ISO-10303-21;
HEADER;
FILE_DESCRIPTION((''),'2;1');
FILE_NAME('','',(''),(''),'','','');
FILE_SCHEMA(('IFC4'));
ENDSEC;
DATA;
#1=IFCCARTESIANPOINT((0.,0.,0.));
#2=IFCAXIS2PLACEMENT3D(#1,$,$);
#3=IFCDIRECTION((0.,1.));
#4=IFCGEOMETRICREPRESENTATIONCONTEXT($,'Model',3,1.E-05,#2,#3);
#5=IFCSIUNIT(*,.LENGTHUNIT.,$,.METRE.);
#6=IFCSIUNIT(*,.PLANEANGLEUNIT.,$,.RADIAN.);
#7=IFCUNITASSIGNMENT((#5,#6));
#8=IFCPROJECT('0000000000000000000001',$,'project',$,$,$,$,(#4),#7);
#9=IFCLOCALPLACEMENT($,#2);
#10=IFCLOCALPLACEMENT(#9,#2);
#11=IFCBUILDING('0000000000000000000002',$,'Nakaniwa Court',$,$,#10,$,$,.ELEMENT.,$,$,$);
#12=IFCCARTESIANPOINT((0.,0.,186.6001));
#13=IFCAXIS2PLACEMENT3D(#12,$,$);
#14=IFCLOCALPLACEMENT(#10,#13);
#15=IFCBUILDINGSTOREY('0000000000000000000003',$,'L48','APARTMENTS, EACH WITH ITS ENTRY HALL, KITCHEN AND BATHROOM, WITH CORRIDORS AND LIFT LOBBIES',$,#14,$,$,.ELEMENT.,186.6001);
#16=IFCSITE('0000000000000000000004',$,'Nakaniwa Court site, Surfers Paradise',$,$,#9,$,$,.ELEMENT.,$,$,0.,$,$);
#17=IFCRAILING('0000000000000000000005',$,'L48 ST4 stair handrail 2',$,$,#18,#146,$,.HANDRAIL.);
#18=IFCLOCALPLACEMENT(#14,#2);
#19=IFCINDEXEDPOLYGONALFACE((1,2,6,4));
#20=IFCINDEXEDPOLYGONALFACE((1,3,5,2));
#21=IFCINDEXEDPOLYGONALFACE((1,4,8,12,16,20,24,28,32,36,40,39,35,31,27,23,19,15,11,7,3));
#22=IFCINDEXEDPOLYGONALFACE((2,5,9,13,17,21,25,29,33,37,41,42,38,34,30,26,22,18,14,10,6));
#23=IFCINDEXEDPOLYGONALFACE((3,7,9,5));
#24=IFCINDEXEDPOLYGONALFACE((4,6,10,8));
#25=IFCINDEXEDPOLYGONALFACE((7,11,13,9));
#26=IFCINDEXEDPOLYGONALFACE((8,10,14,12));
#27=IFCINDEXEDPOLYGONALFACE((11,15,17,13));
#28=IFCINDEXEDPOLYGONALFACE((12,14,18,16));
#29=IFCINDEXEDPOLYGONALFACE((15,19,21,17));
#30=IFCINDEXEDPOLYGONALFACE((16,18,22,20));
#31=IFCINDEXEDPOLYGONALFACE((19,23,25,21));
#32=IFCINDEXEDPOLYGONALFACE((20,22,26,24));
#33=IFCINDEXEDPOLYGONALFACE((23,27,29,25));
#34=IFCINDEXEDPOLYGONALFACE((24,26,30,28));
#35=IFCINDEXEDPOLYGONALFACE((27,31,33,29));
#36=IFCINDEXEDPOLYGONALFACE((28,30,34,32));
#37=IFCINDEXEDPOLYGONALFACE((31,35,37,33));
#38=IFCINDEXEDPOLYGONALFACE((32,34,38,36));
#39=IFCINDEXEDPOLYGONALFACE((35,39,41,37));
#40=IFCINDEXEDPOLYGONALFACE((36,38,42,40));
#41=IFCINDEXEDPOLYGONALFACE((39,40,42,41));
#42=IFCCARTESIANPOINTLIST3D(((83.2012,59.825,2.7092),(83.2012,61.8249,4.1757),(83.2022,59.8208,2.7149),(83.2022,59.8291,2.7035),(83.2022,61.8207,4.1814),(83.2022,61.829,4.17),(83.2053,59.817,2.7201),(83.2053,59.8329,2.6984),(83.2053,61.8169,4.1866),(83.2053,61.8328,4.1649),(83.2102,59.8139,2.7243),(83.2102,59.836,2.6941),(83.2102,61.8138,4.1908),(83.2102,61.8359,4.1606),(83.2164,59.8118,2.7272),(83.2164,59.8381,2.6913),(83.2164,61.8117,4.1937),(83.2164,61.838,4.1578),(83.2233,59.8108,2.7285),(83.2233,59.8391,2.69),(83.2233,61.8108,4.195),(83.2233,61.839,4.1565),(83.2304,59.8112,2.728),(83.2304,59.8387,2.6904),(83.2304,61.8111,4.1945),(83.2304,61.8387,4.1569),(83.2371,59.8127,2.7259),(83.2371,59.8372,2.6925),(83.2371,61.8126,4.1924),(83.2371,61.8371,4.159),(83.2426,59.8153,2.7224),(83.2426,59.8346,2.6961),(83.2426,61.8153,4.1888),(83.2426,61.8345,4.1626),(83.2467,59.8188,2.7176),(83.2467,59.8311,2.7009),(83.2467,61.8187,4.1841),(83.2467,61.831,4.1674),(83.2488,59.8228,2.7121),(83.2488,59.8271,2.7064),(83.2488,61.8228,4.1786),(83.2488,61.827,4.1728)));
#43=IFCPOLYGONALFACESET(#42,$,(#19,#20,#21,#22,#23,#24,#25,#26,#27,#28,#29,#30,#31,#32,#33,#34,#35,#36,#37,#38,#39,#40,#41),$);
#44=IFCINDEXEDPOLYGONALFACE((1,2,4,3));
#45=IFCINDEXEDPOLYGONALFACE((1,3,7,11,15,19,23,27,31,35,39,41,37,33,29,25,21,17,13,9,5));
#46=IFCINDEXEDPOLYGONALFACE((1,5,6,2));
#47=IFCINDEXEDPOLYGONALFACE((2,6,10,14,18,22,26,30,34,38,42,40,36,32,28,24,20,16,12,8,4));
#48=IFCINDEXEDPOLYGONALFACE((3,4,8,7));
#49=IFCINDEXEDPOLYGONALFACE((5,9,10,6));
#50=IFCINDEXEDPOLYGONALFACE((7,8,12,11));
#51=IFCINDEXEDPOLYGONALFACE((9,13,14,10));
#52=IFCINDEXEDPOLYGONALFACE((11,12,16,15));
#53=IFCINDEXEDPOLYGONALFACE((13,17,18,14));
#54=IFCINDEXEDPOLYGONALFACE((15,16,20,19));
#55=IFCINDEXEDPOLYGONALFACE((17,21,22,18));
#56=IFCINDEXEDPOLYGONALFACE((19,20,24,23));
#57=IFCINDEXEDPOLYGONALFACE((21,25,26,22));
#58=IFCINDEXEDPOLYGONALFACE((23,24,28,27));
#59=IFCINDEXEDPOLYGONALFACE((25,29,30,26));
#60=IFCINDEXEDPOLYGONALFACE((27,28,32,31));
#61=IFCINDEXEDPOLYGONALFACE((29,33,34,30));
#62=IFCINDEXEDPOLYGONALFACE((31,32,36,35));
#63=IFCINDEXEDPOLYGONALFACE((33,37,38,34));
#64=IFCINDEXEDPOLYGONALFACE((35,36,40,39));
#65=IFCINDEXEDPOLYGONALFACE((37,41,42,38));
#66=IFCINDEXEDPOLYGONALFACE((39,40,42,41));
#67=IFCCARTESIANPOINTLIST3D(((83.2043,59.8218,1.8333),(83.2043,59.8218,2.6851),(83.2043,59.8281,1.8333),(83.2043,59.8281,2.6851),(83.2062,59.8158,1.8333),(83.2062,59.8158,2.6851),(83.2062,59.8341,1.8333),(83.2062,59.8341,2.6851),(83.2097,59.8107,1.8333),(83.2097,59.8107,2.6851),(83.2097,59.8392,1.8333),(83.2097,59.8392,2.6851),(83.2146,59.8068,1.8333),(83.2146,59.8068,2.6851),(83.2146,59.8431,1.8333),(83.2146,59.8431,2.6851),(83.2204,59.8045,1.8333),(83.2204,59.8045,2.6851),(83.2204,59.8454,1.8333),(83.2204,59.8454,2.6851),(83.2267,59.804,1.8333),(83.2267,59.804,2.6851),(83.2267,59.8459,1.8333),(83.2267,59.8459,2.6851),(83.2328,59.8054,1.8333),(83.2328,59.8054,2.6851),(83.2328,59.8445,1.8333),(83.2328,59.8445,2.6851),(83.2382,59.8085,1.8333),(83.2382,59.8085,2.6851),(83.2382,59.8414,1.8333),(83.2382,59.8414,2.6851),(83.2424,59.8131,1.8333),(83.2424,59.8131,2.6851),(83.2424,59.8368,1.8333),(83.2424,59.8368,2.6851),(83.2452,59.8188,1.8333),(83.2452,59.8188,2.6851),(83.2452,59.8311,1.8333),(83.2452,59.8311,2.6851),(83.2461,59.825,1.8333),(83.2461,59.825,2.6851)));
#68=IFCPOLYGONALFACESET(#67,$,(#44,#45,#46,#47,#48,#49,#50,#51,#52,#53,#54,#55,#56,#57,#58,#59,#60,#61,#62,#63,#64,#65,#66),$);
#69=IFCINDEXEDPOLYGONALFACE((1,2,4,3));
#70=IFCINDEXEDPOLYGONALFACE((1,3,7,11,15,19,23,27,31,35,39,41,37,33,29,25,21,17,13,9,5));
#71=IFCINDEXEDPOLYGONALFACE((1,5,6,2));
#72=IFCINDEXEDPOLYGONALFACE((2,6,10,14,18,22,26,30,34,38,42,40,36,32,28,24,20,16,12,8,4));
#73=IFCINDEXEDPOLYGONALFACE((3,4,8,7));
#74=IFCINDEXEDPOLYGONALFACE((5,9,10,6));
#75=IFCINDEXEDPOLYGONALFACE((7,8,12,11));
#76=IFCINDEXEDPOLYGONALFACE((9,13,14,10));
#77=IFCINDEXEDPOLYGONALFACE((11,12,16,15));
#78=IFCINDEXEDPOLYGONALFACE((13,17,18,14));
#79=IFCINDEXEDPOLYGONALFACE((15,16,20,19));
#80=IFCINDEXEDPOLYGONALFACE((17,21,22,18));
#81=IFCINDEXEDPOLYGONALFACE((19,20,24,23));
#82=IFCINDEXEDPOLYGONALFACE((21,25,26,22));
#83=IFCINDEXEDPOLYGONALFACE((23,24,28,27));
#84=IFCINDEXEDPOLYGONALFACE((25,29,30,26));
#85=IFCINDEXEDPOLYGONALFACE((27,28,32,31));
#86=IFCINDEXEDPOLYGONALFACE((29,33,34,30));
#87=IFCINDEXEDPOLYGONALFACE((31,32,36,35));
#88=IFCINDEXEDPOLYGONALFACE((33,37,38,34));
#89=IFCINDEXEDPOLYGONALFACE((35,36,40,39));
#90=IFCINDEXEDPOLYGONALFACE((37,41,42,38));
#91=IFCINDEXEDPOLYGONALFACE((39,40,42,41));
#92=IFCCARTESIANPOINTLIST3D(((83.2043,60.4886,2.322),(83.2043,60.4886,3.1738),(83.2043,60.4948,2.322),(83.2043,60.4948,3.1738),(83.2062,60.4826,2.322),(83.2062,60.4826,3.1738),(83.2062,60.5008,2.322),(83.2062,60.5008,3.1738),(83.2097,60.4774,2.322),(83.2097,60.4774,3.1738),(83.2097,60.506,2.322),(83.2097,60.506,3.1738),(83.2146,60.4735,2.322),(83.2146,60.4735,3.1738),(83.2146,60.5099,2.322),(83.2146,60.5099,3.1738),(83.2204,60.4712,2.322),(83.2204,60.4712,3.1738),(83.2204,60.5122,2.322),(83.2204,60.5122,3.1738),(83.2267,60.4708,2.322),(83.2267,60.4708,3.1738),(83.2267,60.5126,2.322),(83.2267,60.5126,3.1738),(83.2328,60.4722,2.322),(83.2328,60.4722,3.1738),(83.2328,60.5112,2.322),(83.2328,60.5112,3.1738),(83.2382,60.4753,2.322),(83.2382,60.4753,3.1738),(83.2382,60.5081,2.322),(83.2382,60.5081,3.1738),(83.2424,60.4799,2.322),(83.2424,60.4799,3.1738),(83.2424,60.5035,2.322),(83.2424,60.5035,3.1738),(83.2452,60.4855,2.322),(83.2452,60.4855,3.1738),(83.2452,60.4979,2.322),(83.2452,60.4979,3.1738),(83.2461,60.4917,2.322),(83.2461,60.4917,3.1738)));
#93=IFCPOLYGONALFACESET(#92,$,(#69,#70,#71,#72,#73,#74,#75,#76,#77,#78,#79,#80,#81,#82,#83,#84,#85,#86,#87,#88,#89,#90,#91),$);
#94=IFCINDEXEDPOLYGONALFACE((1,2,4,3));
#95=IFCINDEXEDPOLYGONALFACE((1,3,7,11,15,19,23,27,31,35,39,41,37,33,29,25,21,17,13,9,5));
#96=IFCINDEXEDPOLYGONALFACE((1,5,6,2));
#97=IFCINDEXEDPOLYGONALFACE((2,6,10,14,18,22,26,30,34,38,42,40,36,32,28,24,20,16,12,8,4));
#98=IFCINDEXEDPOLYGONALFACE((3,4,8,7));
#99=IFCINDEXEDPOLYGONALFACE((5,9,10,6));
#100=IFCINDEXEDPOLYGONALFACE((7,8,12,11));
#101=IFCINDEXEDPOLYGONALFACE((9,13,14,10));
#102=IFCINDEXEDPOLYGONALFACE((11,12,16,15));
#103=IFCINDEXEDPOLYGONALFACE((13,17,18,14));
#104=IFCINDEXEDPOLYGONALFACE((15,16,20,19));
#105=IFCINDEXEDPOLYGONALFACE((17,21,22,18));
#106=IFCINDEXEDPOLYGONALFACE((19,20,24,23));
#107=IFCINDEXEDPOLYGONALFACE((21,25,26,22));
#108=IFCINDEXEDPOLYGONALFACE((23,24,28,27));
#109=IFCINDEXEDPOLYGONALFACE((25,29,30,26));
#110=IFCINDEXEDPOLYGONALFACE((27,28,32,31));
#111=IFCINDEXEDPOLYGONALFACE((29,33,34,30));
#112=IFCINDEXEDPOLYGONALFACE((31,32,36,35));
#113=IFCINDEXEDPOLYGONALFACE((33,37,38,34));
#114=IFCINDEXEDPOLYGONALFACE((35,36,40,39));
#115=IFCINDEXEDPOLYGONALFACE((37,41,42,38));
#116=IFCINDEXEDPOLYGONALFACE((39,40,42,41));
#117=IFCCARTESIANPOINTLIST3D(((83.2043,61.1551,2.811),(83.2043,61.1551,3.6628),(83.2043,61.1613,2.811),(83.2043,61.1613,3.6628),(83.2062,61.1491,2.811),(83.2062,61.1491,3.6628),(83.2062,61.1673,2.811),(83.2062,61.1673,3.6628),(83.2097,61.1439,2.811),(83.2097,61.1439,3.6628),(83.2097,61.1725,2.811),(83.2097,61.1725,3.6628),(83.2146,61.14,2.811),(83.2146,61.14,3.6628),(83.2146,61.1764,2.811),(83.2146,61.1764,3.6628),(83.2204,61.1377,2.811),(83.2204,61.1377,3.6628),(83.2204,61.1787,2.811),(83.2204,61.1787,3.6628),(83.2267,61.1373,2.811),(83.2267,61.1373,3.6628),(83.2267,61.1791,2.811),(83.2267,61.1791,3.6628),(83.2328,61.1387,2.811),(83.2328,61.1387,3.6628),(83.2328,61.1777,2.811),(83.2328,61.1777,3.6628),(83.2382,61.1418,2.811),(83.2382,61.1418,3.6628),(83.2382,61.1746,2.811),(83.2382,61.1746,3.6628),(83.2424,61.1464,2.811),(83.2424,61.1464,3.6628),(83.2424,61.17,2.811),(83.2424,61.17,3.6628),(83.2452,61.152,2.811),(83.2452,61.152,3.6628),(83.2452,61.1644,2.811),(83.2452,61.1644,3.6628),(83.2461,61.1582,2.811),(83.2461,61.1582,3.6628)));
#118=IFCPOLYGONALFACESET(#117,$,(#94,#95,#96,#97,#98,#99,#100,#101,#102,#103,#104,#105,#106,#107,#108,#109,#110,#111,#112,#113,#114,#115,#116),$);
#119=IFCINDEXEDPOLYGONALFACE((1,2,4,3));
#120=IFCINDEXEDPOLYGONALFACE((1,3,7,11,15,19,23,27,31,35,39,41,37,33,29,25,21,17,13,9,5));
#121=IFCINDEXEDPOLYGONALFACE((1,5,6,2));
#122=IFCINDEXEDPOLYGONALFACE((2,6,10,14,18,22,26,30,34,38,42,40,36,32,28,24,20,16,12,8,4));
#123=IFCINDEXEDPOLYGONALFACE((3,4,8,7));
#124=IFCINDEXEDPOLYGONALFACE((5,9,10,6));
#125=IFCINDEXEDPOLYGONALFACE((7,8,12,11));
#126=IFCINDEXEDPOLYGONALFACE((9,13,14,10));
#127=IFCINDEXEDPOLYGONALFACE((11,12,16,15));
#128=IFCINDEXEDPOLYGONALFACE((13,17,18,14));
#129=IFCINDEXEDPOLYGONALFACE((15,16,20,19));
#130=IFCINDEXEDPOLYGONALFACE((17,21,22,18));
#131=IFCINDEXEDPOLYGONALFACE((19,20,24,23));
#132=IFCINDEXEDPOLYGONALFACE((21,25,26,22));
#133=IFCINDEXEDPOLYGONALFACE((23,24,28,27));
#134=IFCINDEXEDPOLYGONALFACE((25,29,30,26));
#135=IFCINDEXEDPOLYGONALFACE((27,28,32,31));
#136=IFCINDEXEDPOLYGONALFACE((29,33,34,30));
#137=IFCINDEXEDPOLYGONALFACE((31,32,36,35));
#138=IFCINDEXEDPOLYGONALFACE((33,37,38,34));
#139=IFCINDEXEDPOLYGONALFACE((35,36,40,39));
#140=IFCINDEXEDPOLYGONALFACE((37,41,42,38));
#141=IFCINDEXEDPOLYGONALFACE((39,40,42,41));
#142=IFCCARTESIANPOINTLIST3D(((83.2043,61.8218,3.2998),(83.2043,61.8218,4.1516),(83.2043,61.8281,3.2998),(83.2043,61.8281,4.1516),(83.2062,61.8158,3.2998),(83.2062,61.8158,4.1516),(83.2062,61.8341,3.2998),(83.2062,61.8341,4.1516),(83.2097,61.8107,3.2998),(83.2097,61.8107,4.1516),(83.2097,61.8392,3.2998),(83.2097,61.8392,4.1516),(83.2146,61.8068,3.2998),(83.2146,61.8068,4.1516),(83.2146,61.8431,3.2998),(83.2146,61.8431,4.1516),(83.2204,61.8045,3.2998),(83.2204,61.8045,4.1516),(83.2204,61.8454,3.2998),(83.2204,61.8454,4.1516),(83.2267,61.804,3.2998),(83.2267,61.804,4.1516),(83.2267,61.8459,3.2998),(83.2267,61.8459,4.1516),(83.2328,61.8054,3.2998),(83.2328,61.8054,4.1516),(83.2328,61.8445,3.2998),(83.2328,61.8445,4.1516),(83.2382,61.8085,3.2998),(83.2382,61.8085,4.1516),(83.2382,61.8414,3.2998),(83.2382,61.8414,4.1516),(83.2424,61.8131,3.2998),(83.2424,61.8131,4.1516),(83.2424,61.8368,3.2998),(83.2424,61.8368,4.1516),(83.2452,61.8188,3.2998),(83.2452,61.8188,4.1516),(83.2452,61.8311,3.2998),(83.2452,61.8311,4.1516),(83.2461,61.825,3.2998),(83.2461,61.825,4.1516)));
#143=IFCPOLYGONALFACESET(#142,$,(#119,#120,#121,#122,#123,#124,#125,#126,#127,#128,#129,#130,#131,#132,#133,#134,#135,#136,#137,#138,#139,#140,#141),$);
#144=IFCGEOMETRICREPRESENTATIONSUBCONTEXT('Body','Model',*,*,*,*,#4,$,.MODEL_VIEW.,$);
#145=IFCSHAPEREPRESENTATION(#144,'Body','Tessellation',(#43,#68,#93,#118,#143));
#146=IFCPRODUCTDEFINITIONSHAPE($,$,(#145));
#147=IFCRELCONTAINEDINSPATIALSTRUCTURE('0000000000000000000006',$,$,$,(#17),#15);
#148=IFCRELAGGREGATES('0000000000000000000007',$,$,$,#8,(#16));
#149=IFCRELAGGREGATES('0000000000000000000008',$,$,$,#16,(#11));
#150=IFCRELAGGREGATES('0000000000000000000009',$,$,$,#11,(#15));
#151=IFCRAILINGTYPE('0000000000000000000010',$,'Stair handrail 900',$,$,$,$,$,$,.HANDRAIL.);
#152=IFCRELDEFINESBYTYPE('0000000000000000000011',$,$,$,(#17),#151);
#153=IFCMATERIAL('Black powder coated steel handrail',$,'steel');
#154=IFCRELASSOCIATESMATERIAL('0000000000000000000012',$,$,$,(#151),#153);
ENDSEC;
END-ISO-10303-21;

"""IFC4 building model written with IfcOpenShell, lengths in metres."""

from ifc_helpers import new_model, si_unit, direction, frame, origin, origin_2d, place, context, subcontext, project, spatial, circle, extrude, material, type_object, element, save


model = new_model("IFC4")

# Units and contexts
model_context = context("Model", 3, precision=1e-05, world=origin(), true_north=direction((0.0, 1.0)))
body_context = subcontext(model_context, "Body", "Model", "MODEL_VIEW")
ifc_project = project(units=[si_unit("LENGTHUNIT", "METRE"), si_unit("PLANEANGLEUNIT", "RADIAN")], contexts=[model_context])

# Site, building, storey
site_placement = place(None, origin())
site = spatial("IfcSite", under=ifc_project, at=site_placement, Name="Nakaniwa Court site, Surfers Paradise", CompositionType="ELEMENT", RefElevation=0.0)
building_placement = place(site_placement, origin())
building = spatial("IfcBuilding", under=site, at=building_placement, Name="Nakaniwa Court", CompositionType="ELEMENT")
storey_placement = place(building_placement, frame((0.0, 0.0, 186.6001)))
storey = spatial("IfcBuildingStorey", under=building, at=storey_placement, Name="L48", Description="APARTMENTS, EACH WITH ITS ENTRY HALL, KITCHEN AND BATHROOM, WITH CORRIDORS AND LIFT LOBBIES", CompositionType="ELEMENT", Elevation=186.6001)

# Railing
ifc_material_1 = material(Name="Black powder coated steel handrail", Category="steel")
railing_type_1 = type_object("IfcRailingType", Name="Stair handrail 900", PredefinedType="HANDRAIL", material=ifc_material_1)
railing_1_placement = place(storey_placement, frame((83.2251, 59.825, 1.8333)))
element("IfcRailing", 1, at=railing_1_placement, inside=storey, type_object=railing_type_1, Name="L48 ST4 stair handrail 2", PredefinedType="HANDRAIL", context=body_context, shape_type="SweptSolid", body=[
    extrude(circle(Radius=0.0239, at=origin_2d()), frame((0.0, 0.0, 0.876), z_axis=(0.0, 0.806427, 0.591334), x_axis=(-1.0, 0.0, 0.0)), (0.0, 0.0, 1.0), 2.48),
    extrude(circle(Radius=0.021, at=origin_2d()), origin(), (0.0, 0.0, 1.0), 0.8518),
    extrude(circle(Radius=0.021, at=origin_2d()), frame((0.0, 0.6667, 0.4888)), (0.0, 0.0, 1.0), 0.8518),
    extrude(circle(Radius=0.021, at=origin_2d()), frame((0.0, 1.3333, 0.9778)), (0.0, 0.0, 1.0), 0.8518),
    extrude(circle(Radius=0.021, at=origin_2d()), frame((0.0, 2.0, 1.4666)), (0.0, 0.0, 1.0), 0.8518),
])

save(model, "model.ifc")
